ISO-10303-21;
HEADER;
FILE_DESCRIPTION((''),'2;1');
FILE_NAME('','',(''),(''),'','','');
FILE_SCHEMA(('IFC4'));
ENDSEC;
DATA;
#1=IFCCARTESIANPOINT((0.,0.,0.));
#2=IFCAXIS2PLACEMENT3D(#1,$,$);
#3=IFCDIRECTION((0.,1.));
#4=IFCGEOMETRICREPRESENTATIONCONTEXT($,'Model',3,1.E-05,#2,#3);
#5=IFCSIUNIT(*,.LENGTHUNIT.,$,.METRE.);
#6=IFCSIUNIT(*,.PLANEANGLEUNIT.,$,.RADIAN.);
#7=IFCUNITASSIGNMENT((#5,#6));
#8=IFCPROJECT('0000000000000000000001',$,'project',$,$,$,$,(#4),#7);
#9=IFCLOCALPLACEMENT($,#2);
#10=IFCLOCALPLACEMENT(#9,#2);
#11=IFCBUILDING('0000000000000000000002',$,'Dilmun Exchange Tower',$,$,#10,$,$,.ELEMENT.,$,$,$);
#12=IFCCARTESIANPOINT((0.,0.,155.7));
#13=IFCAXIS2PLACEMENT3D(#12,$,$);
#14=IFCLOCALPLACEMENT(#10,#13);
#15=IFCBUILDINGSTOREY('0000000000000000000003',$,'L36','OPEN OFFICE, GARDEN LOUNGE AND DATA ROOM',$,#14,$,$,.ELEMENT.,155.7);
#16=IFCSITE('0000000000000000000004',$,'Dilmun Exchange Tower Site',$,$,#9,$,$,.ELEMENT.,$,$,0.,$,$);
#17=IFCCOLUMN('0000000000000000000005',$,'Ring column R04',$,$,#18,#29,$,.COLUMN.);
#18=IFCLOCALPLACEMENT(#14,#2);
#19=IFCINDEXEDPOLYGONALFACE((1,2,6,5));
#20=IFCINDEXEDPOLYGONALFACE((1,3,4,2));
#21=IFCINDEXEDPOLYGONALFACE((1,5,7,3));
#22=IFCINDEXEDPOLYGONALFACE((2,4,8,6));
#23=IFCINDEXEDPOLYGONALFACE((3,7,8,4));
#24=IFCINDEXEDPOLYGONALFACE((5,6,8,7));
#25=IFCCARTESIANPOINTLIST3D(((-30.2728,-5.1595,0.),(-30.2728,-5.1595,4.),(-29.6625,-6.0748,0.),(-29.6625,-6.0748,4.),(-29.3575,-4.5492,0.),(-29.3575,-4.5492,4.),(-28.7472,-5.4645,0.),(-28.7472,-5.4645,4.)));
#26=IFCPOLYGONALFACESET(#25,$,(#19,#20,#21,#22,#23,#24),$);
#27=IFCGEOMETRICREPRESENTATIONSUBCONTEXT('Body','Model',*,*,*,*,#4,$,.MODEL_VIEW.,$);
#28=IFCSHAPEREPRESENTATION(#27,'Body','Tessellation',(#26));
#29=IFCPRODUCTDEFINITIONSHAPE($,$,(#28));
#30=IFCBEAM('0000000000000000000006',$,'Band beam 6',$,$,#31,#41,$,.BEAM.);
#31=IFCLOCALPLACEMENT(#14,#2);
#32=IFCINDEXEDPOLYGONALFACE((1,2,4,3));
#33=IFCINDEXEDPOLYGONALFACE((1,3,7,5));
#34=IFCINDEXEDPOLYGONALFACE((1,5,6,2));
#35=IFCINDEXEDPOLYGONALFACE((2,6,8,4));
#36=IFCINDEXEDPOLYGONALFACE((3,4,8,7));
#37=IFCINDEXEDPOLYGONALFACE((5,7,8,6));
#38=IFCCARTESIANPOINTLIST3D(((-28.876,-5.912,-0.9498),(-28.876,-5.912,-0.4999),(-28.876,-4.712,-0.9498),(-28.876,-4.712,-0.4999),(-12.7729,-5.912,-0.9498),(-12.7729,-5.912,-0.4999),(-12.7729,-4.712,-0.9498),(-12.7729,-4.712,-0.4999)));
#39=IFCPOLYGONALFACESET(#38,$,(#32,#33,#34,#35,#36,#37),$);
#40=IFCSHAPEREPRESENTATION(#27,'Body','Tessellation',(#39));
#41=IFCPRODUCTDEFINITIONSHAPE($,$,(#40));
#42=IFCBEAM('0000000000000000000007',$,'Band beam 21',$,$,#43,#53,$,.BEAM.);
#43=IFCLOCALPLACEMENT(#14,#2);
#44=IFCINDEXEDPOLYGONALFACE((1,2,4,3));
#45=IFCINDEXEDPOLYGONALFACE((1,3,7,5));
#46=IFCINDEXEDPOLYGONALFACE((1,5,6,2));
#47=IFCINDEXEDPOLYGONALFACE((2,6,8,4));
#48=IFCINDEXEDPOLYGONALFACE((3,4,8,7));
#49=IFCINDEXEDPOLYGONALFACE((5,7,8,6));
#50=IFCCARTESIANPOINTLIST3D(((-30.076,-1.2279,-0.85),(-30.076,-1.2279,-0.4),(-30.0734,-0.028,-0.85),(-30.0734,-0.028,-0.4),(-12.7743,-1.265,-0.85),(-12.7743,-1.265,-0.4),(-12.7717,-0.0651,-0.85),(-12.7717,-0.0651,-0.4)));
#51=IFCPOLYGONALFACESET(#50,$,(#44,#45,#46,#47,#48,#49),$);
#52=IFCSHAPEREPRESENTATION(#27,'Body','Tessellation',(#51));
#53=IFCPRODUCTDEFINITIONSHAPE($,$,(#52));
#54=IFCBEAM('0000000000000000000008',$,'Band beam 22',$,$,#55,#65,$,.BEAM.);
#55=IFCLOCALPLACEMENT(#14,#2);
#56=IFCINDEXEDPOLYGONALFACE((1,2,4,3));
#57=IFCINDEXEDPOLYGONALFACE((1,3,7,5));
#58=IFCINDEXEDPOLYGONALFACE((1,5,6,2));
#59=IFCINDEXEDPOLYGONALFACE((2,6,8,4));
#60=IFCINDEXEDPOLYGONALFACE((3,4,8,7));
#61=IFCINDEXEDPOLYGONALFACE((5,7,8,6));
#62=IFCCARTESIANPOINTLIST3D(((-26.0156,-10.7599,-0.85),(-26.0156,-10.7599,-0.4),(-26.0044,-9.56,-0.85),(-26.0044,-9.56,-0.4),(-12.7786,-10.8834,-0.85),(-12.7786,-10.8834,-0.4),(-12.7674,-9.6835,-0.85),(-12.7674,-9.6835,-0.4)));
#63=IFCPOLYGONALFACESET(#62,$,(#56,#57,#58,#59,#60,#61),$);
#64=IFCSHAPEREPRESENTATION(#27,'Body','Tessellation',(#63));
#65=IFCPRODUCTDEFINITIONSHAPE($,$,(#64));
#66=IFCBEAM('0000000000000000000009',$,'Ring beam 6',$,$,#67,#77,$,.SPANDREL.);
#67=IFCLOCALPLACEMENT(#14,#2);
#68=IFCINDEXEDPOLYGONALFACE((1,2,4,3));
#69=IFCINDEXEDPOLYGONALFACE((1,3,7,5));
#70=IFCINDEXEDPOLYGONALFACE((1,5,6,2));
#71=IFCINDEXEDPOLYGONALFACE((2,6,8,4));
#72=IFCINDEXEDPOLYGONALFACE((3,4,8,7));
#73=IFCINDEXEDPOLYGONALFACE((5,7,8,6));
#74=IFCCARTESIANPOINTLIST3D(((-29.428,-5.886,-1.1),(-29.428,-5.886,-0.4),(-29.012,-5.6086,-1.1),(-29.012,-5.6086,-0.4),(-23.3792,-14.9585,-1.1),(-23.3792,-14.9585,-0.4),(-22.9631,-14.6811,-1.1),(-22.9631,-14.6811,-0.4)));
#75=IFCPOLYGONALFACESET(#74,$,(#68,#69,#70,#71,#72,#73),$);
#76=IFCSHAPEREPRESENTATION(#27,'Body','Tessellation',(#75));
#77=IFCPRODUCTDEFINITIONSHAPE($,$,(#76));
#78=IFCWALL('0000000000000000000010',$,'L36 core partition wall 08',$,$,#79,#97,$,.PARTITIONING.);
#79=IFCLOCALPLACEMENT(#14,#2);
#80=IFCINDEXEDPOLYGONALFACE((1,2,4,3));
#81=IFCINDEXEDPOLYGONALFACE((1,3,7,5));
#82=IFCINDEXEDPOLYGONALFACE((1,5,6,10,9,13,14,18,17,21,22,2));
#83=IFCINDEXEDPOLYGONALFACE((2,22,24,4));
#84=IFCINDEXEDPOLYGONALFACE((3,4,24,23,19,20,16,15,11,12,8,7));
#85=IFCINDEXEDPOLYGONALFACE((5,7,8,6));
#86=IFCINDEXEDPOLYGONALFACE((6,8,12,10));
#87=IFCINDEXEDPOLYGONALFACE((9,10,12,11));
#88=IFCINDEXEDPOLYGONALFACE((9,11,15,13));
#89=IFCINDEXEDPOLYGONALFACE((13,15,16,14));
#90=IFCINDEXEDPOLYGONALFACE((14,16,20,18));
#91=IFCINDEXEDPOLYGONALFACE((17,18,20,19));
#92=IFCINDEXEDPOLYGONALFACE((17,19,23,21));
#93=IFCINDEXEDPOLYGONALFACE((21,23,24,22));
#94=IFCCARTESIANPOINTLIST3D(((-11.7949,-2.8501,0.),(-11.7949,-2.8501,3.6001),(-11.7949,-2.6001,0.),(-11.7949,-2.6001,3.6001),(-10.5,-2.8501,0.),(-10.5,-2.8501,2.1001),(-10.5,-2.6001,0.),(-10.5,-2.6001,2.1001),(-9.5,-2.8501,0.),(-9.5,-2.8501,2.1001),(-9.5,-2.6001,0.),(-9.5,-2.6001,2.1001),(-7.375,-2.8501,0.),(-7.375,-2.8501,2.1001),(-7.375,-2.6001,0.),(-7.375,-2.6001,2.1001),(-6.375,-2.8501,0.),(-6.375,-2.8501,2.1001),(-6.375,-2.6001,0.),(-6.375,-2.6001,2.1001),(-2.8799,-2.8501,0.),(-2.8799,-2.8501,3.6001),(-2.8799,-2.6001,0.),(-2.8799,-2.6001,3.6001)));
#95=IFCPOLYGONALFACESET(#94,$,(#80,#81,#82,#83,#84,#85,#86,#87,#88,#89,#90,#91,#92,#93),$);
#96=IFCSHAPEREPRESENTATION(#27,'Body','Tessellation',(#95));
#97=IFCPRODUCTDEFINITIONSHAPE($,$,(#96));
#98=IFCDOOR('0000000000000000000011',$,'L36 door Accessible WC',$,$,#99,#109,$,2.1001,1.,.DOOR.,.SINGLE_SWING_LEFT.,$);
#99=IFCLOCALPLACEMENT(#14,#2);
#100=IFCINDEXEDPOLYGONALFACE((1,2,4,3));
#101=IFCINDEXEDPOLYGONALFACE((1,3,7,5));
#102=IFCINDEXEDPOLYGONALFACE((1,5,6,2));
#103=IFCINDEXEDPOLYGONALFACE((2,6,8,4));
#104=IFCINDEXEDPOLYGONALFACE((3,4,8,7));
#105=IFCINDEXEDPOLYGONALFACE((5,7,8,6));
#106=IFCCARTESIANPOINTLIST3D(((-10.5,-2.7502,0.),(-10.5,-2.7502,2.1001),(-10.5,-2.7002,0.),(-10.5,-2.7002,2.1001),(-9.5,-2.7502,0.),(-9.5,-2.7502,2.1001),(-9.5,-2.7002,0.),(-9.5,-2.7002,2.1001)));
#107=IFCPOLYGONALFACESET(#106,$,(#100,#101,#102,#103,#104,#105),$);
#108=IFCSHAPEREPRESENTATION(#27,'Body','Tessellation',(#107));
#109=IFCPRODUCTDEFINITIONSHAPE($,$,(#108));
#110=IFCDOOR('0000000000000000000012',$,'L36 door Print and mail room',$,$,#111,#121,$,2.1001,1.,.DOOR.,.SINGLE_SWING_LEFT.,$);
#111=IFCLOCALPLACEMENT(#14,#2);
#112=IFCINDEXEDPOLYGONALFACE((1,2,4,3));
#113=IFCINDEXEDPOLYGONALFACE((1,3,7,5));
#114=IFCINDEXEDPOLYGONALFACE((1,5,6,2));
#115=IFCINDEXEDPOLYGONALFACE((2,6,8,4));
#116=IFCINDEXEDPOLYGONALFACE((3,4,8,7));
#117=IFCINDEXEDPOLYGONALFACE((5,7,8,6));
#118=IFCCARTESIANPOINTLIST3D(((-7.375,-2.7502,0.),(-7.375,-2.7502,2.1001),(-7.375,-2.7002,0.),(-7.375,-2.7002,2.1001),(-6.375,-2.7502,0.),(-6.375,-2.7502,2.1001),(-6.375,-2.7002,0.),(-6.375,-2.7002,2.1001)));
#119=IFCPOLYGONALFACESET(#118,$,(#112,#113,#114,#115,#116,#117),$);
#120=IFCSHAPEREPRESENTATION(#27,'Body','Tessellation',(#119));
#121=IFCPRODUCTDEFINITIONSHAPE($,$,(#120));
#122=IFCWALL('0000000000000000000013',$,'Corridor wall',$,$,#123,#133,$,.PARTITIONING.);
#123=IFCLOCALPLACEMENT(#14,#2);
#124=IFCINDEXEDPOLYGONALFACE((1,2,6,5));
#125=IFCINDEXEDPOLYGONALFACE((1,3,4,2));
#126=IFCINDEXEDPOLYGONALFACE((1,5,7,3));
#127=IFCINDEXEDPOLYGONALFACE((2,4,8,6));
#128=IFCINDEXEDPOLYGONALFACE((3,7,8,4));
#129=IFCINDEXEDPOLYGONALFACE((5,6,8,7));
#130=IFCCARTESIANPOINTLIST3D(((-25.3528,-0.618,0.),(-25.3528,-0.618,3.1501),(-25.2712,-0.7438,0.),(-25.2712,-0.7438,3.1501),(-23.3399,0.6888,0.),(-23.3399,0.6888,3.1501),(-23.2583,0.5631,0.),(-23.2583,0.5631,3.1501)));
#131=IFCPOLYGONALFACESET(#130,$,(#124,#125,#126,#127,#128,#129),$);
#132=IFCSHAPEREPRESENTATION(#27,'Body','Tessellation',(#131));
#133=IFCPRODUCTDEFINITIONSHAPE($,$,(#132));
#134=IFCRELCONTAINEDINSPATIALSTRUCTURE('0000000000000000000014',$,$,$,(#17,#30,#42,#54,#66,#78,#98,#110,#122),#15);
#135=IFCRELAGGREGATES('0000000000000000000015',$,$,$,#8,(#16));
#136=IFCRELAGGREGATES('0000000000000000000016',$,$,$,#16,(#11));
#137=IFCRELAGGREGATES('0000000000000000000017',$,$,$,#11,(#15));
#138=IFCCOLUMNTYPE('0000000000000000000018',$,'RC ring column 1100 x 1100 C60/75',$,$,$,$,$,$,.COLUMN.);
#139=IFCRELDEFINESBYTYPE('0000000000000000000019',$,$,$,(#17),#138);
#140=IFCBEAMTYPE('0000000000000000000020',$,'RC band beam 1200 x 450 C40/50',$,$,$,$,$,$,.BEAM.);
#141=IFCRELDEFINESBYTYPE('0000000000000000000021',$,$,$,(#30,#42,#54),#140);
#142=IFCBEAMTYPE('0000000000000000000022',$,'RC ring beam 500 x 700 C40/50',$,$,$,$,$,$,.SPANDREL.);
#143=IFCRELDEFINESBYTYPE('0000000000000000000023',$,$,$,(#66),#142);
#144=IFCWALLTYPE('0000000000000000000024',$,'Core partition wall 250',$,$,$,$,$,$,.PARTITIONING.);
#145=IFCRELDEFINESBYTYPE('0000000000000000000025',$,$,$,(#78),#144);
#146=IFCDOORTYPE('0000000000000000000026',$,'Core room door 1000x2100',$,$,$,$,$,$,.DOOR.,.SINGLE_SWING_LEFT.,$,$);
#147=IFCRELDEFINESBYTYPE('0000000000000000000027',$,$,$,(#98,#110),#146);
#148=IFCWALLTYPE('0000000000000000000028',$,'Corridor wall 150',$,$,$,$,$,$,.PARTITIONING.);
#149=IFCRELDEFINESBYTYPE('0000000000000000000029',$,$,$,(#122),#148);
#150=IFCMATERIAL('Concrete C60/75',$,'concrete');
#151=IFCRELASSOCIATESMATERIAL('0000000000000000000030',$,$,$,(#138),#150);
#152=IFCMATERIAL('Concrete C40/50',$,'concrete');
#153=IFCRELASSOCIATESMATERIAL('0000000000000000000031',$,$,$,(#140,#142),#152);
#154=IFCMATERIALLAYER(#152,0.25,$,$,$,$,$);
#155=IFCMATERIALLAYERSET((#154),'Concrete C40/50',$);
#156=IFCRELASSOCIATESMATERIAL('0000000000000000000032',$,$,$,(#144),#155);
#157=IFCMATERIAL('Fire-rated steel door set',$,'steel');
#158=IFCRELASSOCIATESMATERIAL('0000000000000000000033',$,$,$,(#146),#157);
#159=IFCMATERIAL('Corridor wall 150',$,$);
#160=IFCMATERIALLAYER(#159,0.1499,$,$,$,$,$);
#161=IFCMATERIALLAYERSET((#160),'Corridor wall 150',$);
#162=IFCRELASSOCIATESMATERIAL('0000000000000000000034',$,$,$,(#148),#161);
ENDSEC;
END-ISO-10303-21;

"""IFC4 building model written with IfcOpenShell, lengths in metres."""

from ifc_helpers import new_model, si_unit, direction, frame, frame_2d, origin, origin_2d, place, context, subcontext, project, spatial, rectangle, extrude, material, layer, layer_set, material_profile, profile_set, type_object, element, fill, save


model = new_model("IFC4")

# Units and contexts
model_context = context("Model", 3, precision=1e-05, world=origin(), true_north=direction((0.0, 1.0)))
body_context = subcontext(model_context, "Body", "Model", "MODEL_VIEW")
ifc_project = project(units=[si_unit("LENGTHUNIT", "METRE"), si_unit("PLANEANGLEUNIT", "RADIAN")], contexts=[model_context])

# Site, building, storey
site_placement = place(None, origin())
site = spatial("IfcSite", under=ifc_project, at=site_placement, Name="Dilmun Exchange Tower Site", CompositionType="ELEMENT", RefElevation=0.0)
building_placement = place(site_placement, origin())
building = spatial("IfcBuilding", under=site, at=building_placement, Name="Dilmun Exchange Tower", CompositionType="ELEMENT")
storey_placement = place(building_placement, frame((0.0, 0.0, 155.7)))
storey = spatial("IfcBuildingStorey", under=building, at=storey_placement, Name="L36", Description="OPEN OFFICE, GARDEN LOUNGE AND DATA ROOM", CompositionType="ELEMENT", Elevation=155.7)

# Column
ifc_material_1 = material(Name="Concrete C60/75", Category="concrete")
ifc_material_profile_1 = material_profile(ifc_material_1, rectangle(XDim=1.1001, YDim=1.1001, at=origin_2d()), Name="1100 x 1100")
ifc_profile_set_1 = profile_set([ifc_material_profile_1], Name="Concrete C60/75")
column_type = type_object("IfcColumnType", Name="RC ring column 1100 x 1100 C60/75", PredefinedType="COLUMN", material=ifc_profile_set_1)
column_placement = place(storey_placement, frame((-29.51, -5.312, 0.0), z_axis=(0.0, 0.0, 1.0), x_axis=(0.832029, 0.554733, 0.0)))
element("IfcColumn", 1, at=column_placement, inside=storey, type_object=column_type, Name="Ring column R04", PredefinedType="COLUMN", context=body_context, shape_type="SweptSolid", body=[
    extrude(rectangle(XDim=1.1001, YDim=1.1001, at=origin_2d()), origin(), (0.0, 0.0, 1.0), 4.0),
])

# Beams
ifc_material_2 = material(Name="Concrete C40/50", Category="concrete")
ifc_material_profile_2 = material_profile(ifc_material_2, rectangle(XDim=1.2, YDim=0.45, at=origin_2d()), Name="1200 x 450")
ifc_profile_set_2 = profile_set([ifc_material_profile_2], Name="Concrete C40/50")
beam_type_1 = type_object("IfcBeamType", Name="RC band beam 1200 x 450 C40/50", PredefinedType="BEAM", material=ifc_profile_set_2)
beam_1_placement = place(storey_placement, frame((-28.876, -5.312, -0.7249), z_axis=(1.0, 0.0, 0.0), x_axis=(0.0, 1.0, 0.0)))
element("IfcBeam", 2, at=beam_1_placement, inside=storey, type_object=beam_type_1, Name="Band beam 6", PredefinedType="BEAM", context=body_context, shape_type="SweptSolid", body=[
    extrude(rectangle(XDim=1.2, YDim=0.45, at=origin_2d()), origin(), (0.0, 0.0, 1.0), 16.103),
])
beam_2_placement = place(storey_placement, frame((-30.0747, -0.6279, -0.625), z_axis=(0.999998, -0.002145, 0.0), x_axis=(0.002145, 0.999998, 0.0)))
element("IfcBeam", 3, at=beam_2_placement, inside=storey, type_object=beam_type_1, Name="Band beam 21", PredefinedType="BEAM", context=body_context, shape_type="SweptSolid", body=[
    extrude(rectangle(XDim=1.2, YDim=0.45, at=origin_2d()), origin(), (0.0, 0.0, 1.0), 17.3018),
])
beam_3_placement = place(storey_placement, frame((-26.01, -10.1599, -0.625), z_axis=(0.999956, -0.009332, 0.0), x_axis=(0.009332, 0.999956, 0.0)))
element("IfcBeam", 4, at=beam_3_placement, inside=storey, type_object=beam_type_1, Name="Band beam 22", PredefinedType="BEAM", context=body_context, shape_type="SweptSolid", body=[
    extrude(rectangle(XDim=1.2, YDim=0.45, at=origin_2d()), origin(), (0.0, 0.0, 1.0), 13.2375),
])
ifc_material_profile_3 = material_profile(ifc_material_2, rectangle(XDim=0.5, YDim=0.7, at=origin_2d()), Name="500 x 700")
ifc_profile_set_3 = profile_set([ifc_material_profile_3], Name="Concrete C40/50")
beam_type_2 = type_object("IfcBeamType", Name="RC ring beam 500 x 700 C40/50", PredefinedType="SPANDREL", material=ifc_profile_set_3)
beam_4_placement = place(storey_placement, frame((-29.22, -5.7473, -0.75), z_axis=(0.554731, -0.83203, 0.0), x_axis=(0.83203, 0.554731, 0.0)))
element("IfcBeam", 5, at=beam_4_placement, inside=storey, type_object=beam_type_2, Name="Ring beam 6", PredefinedType="SPANDREL", context=body_context, shape_type="SweptSolid", body=[
    extrude(rectangle(XDim=0.5, YDim=0.7, at=origin_2d()), origin(), (0.0, 0.0, 1.0), 10.9041),
])

# Wall, openings, doors
ifc_layer_1 = layer(ifc_material_2, 0.25)
ifc_layer_set_1 = layer_set([ifc_layer_1], Name="Concrete C40/50")
wall_type_1 = type_object("IfcWallType", Name="Core partition wall 250", PredefinedType="PARTITIONING", material=ifc_layer_set_1)
wall_1_placement = place(storey_placement, frame((-11.7949, -2.7251, 0.0), z_axis=(0.0, 0.0, 1.0), x_axis=(1.0, 0.0, 0.0)))
wall_1 = element("IfcWall", 6, at=wall_1_placement, inside=storey, type_object=wall_type_1, Name="L36 core partition wall 08", PredefinedType="PARTITIONING", context=body_context, shape_type="SweptSolid", body=[
    extrude(rectangle(XDim=8.915, YDim=0.25, at=frame_2d((4.4575, 0.0))), origin(), (0.0, 0.0, 1.0), 3.6001),
])
opening_1_placement = place(wall_1_placement, frame((1.2949, 0.0, 0.0)))
opening_1 = element("IfcOpeningElement", 7, at=opening_1_placement, cuts=wall_1, PredefinedType="OPENING", context=body_context, shape_type="SweptSolid", body=[
    extrude(rectangle(XDim=1.0, YDim=2.1001, at=frame_2d((0.5, 1.05))), frame((0.0, 0.135, 0.0), z_axis=(0.0, -1.0, 0.0), x_axis=(1.0, 0.0, 0.0)), (0.0, 0.0, 1.0), 0.27),
])
opening_2_placement = place(wall_1_placement, frame((4.4199, 0.0, 0.0)))
opening_2 = element("IfcOpeningElement", 8, at=opening_2_placement, cuts=wall_1, PredefinedType="OPENING", context=body_context, shape_type="SweptSolid", body=[
    extrude(rectangle(XDim=1.0, YDim=2.1001, at=frame_2d((0.5, 1.05))), frame((0.0, 0.135, 0.0), z_axis=(0.0, -1.0, 0.0), x_axis=(1.0, 0.0, 0.0)), (0.0, 0.0, 1.0), 0.27),
])
ifc_material_3 = material(Name="Fire-rated steel door set", Category="steel")
door_type_1 = type_object("IfcDoorType", Name="Core room door 1000x2100", OperationType="SINGLE_SWING_LEFT", PredefinedType="DOOR", material=ifc_material_3)
door_1_placement = place(opening_1_placement, origin())
door_1 = element("IfcDoor", 9, at=door_1_placement, inside=storey, type_object=door_type_1, Name="L36 door Accessible WC", OperationType="SINGLE_SWING_LEFT", OverallHeight=2.1001, OverallWidth=1.0, PredefinedType="DOOR", context=body_context, shape_type="SweptSolid", body=[
    extrude(rectangle(XDim=1.0, YDim=2.1001, at=frame_2d((0.5, 1.05))), frame((0.0, 0.0249, 0.0), z_axis=(0.0, -1.0, 0.0), x_axis=(1.0, 0.0, 0.0)), (0.0, 0.0, 1.0), 0.05),
])
fill(opening_1, door_1)
door_2_placement = place(opening_2_placement, origin())
door_2 = element("IfcDoor", 10, at=door_2_placement, inside=storey, type_object=door_type_1, Name="L36 door Print and mail room", OperationType="SINGLE_SWING_LEFT", OverallHeight=2.1001, OverallWidth=1.0, PredefinedType="DOOR", context=body_context, shape_type="SweptSolid", body=[
    extrude(rectangle(XDim=1.0, YDim=2.1001, at=frame_2d((0.5, 1.05))), frame((0.0, 0.0249, 0.0), z_axis=(0.0, -1.0, 0.0), x_axis=(1.0, 0.0, 0.0)), (0.0, 0.0, 1.0), 0.05),
])
fill(opening_2, door_2)

# Wall
ifc_material_4 = material(Name="Corridor wall 150")
ifc_layer_2 = layer(ifc_material_4, 0.1499)
ifc_layer_set_2 = layer_set([ifc_layer_2], Name="Corridor wall 150")
wall_type_2 = type_object("IfcWallType", Name="Corridor wall 150", PredefinedType="PARTITIONING", material=ifc_layer_set_2)
wall_2_placement = place(storey_placement, frame((-25.312, -0.6809, 0.0), z_axis=(0.0, 0.0, 1.0), x_axis=(0.838734, 0.544541, 0.0)))
element("IfcWall", 11, at=wall_2_placement, inside=storey, type_object=wall_type_2, Name="Corridor wall", PredefinedType="PARTITIONING", context=body_context, shape_type="SweptSolid", body=[
    extrude(rectangle(XDim=2.3999, YDim=0.1499, at=frame_2d((1.2, 0.0))), origin(), (0.0, 0.0, 1.0), 3.1501),
])

save(model, "model.ifc")
